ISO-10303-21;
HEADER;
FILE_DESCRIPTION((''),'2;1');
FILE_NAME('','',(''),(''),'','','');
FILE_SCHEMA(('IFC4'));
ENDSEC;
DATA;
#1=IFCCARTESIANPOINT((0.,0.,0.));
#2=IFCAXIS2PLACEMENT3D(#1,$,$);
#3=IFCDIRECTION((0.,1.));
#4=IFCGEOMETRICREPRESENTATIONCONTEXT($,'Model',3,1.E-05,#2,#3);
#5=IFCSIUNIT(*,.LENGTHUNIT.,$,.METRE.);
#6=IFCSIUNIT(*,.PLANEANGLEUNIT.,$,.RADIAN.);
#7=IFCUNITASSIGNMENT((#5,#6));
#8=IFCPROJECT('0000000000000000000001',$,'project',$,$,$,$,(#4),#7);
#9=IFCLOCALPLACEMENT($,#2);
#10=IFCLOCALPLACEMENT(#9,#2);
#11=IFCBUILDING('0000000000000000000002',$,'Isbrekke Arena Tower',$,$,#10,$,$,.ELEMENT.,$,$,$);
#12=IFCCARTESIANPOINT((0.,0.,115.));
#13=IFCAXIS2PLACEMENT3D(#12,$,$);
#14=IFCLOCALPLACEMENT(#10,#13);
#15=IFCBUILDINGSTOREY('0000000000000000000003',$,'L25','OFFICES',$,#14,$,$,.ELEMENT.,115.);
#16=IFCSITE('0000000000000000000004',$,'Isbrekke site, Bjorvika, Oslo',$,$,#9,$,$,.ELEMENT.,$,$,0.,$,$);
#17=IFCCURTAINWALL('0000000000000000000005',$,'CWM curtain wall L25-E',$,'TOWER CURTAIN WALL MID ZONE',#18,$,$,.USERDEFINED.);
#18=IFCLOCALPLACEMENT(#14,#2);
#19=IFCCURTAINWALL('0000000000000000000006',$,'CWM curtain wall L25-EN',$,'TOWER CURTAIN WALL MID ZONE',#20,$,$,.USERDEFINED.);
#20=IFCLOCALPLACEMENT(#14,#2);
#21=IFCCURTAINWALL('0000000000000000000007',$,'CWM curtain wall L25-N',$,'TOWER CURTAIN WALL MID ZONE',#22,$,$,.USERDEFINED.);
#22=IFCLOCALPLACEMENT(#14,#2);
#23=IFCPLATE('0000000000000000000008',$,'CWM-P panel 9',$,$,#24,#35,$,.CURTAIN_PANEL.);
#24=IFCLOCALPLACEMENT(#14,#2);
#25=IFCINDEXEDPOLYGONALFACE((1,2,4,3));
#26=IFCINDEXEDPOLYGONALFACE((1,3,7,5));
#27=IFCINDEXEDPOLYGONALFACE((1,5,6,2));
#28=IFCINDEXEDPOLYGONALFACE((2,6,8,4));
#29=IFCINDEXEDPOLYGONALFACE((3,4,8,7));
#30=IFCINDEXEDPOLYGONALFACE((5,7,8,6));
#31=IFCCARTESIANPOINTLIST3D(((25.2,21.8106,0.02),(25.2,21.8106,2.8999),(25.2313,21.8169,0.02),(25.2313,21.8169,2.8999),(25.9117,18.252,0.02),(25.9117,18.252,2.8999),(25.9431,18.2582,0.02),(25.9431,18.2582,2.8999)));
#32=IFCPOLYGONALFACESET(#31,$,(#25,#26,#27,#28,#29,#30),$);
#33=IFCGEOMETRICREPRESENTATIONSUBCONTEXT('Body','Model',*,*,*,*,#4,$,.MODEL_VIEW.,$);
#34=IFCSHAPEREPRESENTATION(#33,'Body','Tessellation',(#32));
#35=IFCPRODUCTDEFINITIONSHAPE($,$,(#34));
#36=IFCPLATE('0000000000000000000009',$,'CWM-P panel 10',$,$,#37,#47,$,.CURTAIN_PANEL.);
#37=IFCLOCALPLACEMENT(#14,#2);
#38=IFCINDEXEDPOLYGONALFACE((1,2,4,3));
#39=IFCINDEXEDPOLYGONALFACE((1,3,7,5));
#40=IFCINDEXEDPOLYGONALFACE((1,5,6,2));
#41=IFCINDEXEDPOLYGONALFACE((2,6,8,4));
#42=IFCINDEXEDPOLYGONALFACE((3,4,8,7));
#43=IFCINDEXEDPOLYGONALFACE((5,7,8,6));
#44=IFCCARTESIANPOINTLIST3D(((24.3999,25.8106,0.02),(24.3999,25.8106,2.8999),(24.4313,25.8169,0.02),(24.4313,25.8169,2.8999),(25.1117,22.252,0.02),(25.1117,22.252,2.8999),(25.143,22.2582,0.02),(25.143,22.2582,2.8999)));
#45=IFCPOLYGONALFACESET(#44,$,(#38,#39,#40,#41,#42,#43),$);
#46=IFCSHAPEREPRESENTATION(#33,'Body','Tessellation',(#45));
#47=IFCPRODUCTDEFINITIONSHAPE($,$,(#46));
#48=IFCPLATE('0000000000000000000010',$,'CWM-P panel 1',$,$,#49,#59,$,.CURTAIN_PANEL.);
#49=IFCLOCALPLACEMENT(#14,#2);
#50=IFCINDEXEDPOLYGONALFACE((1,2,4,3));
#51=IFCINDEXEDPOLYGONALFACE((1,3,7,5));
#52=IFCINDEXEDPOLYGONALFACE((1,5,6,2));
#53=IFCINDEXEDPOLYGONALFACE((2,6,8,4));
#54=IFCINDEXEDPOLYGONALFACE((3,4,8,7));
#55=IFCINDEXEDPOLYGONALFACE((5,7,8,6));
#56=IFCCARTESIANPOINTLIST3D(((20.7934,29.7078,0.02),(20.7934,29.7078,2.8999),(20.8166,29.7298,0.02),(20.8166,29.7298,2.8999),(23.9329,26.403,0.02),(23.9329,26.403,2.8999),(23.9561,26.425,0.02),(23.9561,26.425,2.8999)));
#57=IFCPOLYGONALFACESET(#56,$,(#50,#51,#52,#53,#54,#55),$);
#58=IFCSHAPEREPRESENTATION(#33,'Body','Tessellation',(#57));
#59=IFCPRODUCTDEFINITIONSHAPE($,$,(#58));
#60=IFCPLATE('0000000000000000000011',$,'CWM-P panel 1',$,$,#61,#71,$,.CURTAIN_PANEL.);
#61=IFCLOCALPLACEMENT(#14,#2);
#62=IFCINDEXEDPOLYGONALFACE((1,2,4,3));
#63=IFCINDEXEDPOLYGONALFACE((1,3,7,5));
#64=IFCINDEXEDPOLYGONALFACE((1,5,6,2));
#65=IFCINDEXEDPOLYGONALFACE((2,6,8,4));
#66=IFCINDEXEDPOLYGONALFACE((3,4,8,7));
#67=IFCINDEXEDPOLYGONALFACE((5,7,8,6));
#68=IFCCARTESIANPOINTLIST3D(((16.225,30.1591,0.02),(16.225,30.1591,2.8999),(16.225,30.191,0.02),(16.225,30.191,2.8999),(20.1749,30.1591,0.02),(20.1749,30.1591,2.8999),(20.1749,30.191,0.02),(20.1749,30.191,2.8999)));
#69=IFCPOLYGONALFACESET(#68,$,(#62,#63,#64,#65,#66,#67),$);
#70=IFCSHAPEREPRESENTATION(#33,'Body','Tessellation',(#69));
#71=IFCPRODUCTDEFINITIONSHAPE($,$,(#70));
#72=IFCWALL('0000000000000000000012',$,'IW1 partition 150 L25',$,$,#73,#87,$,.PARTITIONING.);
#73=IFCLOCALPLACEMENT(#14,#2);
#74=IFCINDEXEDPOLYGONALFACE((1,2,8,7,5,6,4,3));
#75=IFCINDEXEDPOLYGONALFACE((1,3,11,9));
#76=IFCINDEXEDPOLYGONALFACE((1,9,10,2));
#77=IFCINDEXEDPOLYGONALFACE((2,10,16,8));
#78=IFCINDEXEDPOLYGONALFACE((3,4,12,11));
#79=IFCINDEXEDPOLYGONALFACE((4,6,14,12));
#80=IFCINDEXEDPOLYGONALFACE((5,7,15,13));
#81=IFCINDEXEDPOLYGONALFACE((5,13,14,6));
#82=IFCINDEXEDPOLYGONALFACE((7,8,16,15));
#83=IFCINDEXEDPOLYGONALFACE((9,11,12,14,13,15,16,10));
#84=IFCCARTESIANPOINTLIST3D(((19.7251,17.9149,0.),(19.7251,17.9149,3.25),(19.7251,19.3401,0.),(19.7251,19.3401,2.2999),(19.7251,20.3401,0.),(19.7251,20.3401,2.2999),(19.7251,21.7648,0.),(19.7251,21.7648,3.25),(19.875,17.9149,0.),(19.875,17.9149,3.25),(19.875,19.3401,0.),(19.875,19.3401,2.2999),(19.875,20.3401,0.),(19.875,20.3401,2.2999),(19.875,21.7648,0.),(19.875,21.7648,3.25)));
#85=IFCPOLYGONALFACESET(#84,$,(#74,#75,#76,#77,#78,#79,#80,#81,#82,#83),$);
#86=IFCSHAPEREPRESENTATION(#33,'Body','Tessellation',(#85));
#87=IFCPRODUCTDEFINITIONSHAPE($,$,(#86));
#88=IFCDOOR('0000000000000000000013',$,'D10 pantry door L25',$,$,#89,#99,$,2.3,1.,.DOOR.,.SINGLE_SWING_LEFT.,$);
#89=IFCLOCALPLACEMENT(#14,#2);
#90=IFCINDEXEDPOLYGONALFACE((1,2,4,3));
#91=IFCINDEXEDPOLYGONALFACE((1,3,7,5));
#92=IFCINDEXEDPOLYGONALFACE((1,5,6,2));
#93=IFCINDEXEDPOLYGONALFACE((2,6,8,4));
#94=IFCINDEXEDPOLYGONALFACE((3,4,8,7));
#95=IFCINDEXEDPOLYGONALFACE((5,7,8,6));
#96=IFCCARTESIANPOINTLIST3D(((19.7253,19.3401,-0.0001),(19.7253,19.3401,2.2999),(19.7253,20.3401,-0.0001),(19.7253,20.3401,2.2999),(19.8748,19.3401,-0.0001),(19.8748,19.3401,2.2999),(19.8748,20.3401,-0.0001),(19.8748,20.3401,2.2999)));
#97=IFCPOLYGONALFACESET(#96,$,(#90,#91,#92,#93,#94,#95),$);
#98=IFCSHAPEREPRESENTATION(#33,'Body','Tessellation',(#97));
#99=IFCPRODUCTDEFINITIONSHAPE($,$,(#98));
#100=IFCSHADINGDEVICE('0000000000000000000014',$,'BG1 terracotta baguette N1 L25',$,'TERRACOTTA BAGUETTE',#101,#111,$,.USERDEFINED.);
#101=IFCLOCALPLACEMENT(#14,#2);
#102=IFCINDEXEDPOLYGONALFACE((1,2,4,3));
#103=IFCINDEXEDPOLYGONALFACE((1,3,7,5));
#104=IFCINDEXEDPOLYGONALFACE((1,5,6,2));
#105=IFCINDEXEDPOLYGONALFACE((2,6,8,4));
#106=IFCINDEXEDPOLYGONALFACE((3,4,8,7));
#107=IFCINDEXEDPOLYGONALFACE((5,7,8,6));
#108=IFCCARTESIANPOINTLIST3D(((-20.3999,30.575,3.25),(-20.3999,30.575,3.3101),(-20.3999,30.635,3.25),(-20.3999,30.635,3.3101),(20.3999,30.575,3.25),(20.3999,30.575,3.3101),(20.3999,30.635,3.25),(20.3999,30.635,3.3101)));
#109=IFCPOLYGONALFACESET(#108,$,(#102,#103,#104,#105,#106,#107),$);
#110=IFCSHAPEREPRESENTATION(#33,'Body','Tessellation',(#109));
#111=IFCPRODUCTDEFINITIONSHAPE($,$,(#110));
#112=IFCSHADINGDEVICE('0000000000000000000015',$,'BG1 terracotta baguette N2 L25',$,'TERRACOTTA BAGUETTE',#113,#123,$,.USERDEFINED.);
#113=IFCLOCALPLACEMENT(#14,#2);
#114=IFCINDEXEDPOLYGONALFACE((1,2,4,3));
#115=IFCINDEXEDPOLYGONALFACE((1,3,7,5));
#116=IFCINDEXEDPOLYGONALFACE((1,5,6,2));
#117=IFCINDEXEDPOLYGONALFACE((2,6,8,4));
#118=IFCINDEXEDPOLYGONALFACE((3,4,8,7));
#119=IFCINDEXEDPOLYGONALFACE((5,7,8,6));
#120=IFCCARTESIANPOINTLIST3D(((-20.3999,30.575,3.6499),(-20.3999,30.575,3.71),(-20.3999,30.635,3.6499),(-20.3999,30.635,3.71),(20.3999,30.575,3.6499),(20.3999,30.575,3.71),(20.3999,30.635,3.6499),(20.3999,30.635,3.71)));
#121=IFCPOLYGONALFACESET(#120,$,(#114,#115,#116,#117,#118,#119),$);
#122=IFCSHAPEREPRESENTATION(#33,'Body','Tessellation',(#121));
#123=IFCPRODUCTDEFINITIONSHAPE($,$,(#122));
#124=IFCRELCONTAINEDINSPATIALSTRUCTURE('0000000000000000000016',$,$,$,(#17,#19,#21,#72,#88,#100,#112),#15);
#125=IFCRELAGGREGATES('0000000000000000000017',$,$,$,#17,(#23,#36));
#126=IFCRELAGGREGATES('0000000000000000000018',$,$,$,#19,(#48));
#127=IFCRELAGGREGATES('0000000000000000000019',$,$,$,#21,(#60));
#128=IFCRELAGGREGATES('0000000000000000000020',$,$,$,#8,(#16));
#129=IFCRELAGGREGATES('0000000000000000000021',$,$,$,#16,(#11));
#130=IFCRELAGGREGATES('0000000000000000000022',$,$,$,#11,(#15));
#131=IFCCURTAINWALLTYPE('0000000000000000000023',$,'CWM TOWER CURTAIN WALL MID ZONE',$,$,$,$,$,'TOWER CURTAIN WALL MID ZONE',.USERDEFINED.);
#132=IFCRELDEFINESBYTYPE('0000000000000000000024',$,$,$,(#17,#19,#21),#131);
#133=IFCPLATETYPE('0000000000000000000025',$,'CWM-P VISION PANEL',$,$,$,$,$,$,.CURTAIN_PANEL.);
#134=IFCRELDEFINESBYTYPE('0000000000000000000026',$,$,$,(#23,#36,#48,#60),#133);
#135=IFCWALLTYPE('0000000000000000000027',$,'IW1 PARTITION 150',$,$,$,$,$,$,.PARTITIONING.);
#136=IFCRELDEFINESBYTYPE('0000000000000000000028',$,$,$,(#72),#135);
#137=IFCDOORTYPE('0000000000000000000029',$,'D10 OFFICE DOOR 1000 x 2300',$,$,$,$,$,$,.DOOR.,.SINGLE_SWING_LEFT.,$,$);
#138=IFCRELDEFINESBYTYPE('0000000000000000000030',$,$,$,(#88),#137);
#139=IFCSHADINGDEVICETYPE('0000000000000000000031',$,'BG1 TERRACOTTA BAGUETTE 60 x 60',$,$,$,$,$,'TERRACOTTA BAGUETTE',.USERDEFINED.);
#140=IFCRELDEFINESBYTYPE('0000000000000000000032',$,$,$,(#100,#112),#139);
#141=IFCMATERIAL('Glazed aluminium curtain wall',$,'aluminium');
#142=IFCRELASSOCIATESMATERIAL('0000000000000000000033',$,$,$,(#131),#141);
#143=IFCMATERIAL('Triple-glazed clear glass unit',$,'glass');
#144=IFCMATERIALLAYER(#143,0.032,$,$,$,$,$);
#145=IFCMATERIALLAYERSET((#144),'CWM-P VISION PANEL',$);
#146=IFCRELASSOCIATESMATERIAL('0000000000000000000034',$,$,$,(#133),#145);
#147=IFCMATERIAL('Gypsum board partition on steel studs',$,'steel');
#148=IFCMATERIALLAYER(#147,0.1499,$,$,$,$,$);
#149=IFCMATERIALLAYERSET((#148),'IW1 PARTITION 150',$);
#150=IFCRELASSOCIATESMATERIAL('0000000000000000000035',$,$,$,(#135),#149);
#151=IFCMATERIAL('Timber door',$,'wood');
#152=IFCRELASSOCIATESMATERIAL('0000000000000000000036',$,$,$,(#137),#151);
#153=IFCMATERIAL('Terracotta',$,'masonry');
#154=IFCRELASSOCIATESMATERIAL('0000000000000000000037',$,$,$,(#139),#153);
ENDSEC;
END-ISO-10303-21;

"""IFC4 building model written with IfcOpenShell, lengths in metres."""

from ifc_helpers import new_model, si_unit, direction, frame, frame_2d, origin, origin_2d, place, context, subcontext, project, spatial, rectangle, extrude, material, layer, layer_set, material_profile, profile_set, type_object, element, fill, aggregate, save


model = new_model("IFC4")

# Units and contexts
model_context = context("Model", 3, precision=1e-05, world=origin(), true_north=direction((0.0, 1.0)))
body_context = subcontext(model_context, "Body", "Model", "MODEL_VIEW")
ifc_project = project(units=[si_unit("LENGTHUNIT", "METRE"), si_unit("PLANEANGLEUNIT", "RADIAN")], contexts=[model_context])

# Site, building, storey
site_placement = place(None, origin())
site = spatial("IfcSite", under=ifc_project, at=site_placement, Name="Isbrekke site, Bjorvika, Oslo", CompositionType="ELEMENT", RefElevation=0.0)
building_placement = place(site_placement, origin())
building = spatial("IfcBuilding", under=site, at=building_placement, Name="Isbrekke Arena Tower", CompositionType="ELEMENT")
storey_placement = place(building_placement, frame((0.0, 0.0, 115.0)))
storey = spatial("IfcBuildingStorey", under=building, at=storey_placement, Name="L25", Description="OFFICES", CompositionType="ELEMENT", Elevation=115.0)

# Curtain walls
ifc_material_1 = material(Name="Glazed aluminium curtain wall", Category="aluminium")
curtain_wall_type = type_object("IfcCurtainWallType", Name="CWM TOWER CURTAIN WALL MID ZONE", ElementType="TOWER CURTAIN WALL MID ZONE", PredefinedType="USERDEFINED", material=ifc_material_1)
curtain_wall_1_placement = place(storey_placement, origin())
curtain_wall_1 = element("IfcCurtainWall", 1, at=curtain_wall_1_placement, inside=storey, type_object=curtain_wall_type, Name="CWM curtain wall L25-E", ObjectType="TOWER CURTAIN WALL MID ZONE", PredefinedType="USERDEFINED")
curtain_wall_2_placement = place(storey_placement, origin())
curtain_wall_2 = element("IfcCurtainWall", 2, at=curtain_wall_2_placement, inside=storey, type_object=curtain_wall_type, Name="CWM curtain wall L25-EN", ObjectType="TOWER CURTAIN WALL MID ZONE", PredefinedType="USERDEFINED")

# Curtain wall
curtain_wall_3_placement = place(storey_placement, origin())
curtain_wall_3 = element("IfcCurtainWall", 3, at=curtain_wall_3_placement, inside=storey, type_object=curtain_wall_type, Name="CWM curtain wall L25-N", ObjectType="TOWER CURTAIN WALL MID ZONE", PredefinedType="USERDEFINED")

# Plates
ifc_material_2 = material(Name="Triple-glazed clear glass unit", Category="glass")
ifc_layer_1 = layer(ifc_material_2, 0.032)
ifc_layer_set_1 = layer_set([ifc_layer_1], Name="CWM-P VISION PANEL")
plate_type = type_object("IfcPlateType", Name="CWM-P VISION PANEL", PredefinedType="CURTAIN_PANEL", material=ifc_layer_set_1)
plate_1_placement = place(storey_placement, frame((25.5715, 20.0344, 0.02), z_axis=(0.0, 0.0, 1.0), x_axis=(-0.196116, 0.980581, 0.0)))
plate_1 = element("IfcPlate", 4, at=plate_1_placement, type_object=plate_type, Name="CWM-P panel 9", PredefinedType="CURTAIN_PANEL", context=body_context, shape_type="SweptSolid", body=[
    extrude(rectangle(XDim=3.6292, YDim=0.032, at=origin_2d()), origin(), (0.0, 0.0, 1.0), 2.8799),
])
plate_2_placement = place(storey_placement, frame((24.7715, 24.0344, 0.02), z_axis=(0.0, 0.0, 1.0), x_axis=(-0.196116, 0.980581, 0.0)))
plate_2 = element("IfcPlate", 5, at=plate_2_placement, type_object=plate_type, Name="CWM-P panel 10", PredefinedType="CURTAIN_PANEL", context=body_context, shape_type="SweptSolid", body=[
    extrude(rectangle(XDim=3.6292, YDim=0.032, at=origin_2d()), origin(), (0.0, 0.0, 1.0), 2.8799),
])
aggregate(curtain_wall_1, [plate_1, plate_2])
plate_3_placement = place(storey_placement, frame((22.3748, 28.0664, 0.02), z_axis=(0.0, 0.0, 1.0), x_axis=(-0.688749, 0.724999, 0.0)))
plate_3 = element("IfcPlate", 6, at=plate_3_placement, type_object=plate_type, Name="CWM-P panel 1", PredefinedType="CURTAIN_PANEL", context=body_context, shape_type="SweptSolid", body=[
    extrude(rectangle(XDim=4.5583, YDim=0.032, at=origin_2d()), origin(), (0.0, 0.0, 1.0), 2.8799),
])
aggregate(curtain_wall_2, [plate_3])
plate_4_placement = place(storey_placement, frame((18.2, 30.175, 0.02), z_axis=(0.0, 0.0, 1.0), x_axis=(-1.0, 0.0, 0.0)))
plate_4 = element("IfcPlate", 7, at=plate_4_placement, type_object=plate_type, Name="CWM-P panel 1", PredefinedType="CURTAIN_PANEL", context=body_context, shape_type="SweptSolid", body=[
    extrude(rectangle(XDim=3.95, YDim=0.032, at=origin_2d()), origin(), (0.0, 0.0, 1.0), 2.8799),
])
aggregate(curtain_wall_3, [plate_4])

# Wall, opening, door
ifc_material_3 = material(Name="Gypsum board partition on steel studs", Category="steel")
ifc_layer_2 = layer(ifc_material_3, 0.1499)
ifc_layer_set_2 = layer_set([ifc_layer_2], Name="IW1 PARTITION 150")
wall_type_1 = type_object("IfcWallType", Name="IW1 PARTITION 150", PredefinedType="PARTITIONING", material=ifc_layer_set_2)
wall_1_placement = place(storey_placement, frame((19.8, 17.915, 0.0), z_axis=(0.0, 0.0, 1.0), x_axis=(0.0, 1.0, 0.0)))
wall_1 = element("IfcWall", 8, at=wall_1_placement, inside=storey, type_object=wall_type_1, Name="IW1 partition 150 L25", PredefinedType="PARTITIONING", context=body_context, shape_type="SweptSolid", body=[
    extrude(rectangle(XDim=3.8499, YDim=0.1499, at=frame_2d((1.9248, 0.0))), origin(), (0.0, 0.0, 1.0), 3.25),
])
opening_1_placement = place(wall_1_placement, frame((1.425, 0.0, 0.0)))
opening_1 = element("IfcOpeningElement", 9, at=opening_1_placement, cuts=wall_1, PredefinedType="OPENING", context=body_context, shape_type="SweptSolid", body=[
    extrude(rectangle(XDim=1.0, YDim=2.3, at=frame_2d((0.5, 1.1499))), frame((0.0, 0.0898, 0.0), z_axis=(0.0, -1.0, 0.0), x_axis=(1.0, 0.0, 0.0)), (0.0, 0.0, 1.0), 0.1797),
])
ifc_material_4 = material(Name="Timber door", Category="wood")
door_type_1 = type_object("IfcDoorType", Name="D10 OFFICE DOOR 1000 x 2300", OperationType="SINGLE_SWING_LEFT", PredefinedType="DOOR", material=ifc_material_4)
door_1_placement = place(opening_1_placement, origin())
door_1 = element("IfcDoor", 10, at=door_1_placement, inside=storey, type_object=door_type_1, Name="D10 pantry door L25", OperationType="SINGLE_SWING_LEFT", OverallHeight=2.3, OverallWidth=1.0, PredefinedType="DOOR", context=body_context, shape_type="SweptSolid", body=[
    extrude(rectangle(XDim=1.0, YDim=2.3, at=frame_2d((0.5, 1.1499))), frame((0.0, 0.0747, 0.0), z_axis=(0.0, -1.0, 0.0), x_axis=(1.0, 0.0, 0.0)), (0.0, 0.0, 1.0), 0.1494),
])
fill(opening_1, door_1)

# Shading devices
ifc_material_5 = material(Name="Terracotta", Category="masonry")
ifc_material_profile_1 = material_profile(ifc_material_5, rectangle(XDim=0.0601, YDim=0.0601, at=origin_2d()), Name="BAGUETTE 60X60")
ifc_profile_set_1 = profile_set([ifc_material_profile_1], Name="Terracotta")
shading_device_type = type_object("IfcShadingDeviceType", Name="BG1 TERRACOTTA BAGUETTE 60 x 60", ElementType="TERRACOTTA BAGUETTE", PredefinedType="USERDEFINED", material=ifc_profile_set_1)
for number, where, z_axis, x_axis, name in (
    (11, (20.3999, 30.605, 3.28), (-1.0, 0.0, 0.0), (0.0, -1.0, 0.0), "BG1 terracotta baguette N1 L25"),
    (12, (20.3999, 30.605, 3.6799), (-1.0, 0.0, 0.0), (0.0, -1.0, 0.0), "BG1 terracotta baguette N2 L25"),
):
    element("IfcShadingDevice", number, at=place(storey_placement, frame(where, z_axis=z_axis, x_axis=x_axis)), inside=storey, type_object=shading_device_type, Name=name, ObjectType="TERRACOTTA BAGUETTE", PredefinedType="USERDEFINED", context=body_context, shape_type="SweptSolid", body=[
        extrude(rectangle(XDim=0.0601, YDim=0.0601, at=origin_2d()), origin(), (0.0, 0.0, 1.0), 40.7998),
    ])

save(model, "model.ifc")
